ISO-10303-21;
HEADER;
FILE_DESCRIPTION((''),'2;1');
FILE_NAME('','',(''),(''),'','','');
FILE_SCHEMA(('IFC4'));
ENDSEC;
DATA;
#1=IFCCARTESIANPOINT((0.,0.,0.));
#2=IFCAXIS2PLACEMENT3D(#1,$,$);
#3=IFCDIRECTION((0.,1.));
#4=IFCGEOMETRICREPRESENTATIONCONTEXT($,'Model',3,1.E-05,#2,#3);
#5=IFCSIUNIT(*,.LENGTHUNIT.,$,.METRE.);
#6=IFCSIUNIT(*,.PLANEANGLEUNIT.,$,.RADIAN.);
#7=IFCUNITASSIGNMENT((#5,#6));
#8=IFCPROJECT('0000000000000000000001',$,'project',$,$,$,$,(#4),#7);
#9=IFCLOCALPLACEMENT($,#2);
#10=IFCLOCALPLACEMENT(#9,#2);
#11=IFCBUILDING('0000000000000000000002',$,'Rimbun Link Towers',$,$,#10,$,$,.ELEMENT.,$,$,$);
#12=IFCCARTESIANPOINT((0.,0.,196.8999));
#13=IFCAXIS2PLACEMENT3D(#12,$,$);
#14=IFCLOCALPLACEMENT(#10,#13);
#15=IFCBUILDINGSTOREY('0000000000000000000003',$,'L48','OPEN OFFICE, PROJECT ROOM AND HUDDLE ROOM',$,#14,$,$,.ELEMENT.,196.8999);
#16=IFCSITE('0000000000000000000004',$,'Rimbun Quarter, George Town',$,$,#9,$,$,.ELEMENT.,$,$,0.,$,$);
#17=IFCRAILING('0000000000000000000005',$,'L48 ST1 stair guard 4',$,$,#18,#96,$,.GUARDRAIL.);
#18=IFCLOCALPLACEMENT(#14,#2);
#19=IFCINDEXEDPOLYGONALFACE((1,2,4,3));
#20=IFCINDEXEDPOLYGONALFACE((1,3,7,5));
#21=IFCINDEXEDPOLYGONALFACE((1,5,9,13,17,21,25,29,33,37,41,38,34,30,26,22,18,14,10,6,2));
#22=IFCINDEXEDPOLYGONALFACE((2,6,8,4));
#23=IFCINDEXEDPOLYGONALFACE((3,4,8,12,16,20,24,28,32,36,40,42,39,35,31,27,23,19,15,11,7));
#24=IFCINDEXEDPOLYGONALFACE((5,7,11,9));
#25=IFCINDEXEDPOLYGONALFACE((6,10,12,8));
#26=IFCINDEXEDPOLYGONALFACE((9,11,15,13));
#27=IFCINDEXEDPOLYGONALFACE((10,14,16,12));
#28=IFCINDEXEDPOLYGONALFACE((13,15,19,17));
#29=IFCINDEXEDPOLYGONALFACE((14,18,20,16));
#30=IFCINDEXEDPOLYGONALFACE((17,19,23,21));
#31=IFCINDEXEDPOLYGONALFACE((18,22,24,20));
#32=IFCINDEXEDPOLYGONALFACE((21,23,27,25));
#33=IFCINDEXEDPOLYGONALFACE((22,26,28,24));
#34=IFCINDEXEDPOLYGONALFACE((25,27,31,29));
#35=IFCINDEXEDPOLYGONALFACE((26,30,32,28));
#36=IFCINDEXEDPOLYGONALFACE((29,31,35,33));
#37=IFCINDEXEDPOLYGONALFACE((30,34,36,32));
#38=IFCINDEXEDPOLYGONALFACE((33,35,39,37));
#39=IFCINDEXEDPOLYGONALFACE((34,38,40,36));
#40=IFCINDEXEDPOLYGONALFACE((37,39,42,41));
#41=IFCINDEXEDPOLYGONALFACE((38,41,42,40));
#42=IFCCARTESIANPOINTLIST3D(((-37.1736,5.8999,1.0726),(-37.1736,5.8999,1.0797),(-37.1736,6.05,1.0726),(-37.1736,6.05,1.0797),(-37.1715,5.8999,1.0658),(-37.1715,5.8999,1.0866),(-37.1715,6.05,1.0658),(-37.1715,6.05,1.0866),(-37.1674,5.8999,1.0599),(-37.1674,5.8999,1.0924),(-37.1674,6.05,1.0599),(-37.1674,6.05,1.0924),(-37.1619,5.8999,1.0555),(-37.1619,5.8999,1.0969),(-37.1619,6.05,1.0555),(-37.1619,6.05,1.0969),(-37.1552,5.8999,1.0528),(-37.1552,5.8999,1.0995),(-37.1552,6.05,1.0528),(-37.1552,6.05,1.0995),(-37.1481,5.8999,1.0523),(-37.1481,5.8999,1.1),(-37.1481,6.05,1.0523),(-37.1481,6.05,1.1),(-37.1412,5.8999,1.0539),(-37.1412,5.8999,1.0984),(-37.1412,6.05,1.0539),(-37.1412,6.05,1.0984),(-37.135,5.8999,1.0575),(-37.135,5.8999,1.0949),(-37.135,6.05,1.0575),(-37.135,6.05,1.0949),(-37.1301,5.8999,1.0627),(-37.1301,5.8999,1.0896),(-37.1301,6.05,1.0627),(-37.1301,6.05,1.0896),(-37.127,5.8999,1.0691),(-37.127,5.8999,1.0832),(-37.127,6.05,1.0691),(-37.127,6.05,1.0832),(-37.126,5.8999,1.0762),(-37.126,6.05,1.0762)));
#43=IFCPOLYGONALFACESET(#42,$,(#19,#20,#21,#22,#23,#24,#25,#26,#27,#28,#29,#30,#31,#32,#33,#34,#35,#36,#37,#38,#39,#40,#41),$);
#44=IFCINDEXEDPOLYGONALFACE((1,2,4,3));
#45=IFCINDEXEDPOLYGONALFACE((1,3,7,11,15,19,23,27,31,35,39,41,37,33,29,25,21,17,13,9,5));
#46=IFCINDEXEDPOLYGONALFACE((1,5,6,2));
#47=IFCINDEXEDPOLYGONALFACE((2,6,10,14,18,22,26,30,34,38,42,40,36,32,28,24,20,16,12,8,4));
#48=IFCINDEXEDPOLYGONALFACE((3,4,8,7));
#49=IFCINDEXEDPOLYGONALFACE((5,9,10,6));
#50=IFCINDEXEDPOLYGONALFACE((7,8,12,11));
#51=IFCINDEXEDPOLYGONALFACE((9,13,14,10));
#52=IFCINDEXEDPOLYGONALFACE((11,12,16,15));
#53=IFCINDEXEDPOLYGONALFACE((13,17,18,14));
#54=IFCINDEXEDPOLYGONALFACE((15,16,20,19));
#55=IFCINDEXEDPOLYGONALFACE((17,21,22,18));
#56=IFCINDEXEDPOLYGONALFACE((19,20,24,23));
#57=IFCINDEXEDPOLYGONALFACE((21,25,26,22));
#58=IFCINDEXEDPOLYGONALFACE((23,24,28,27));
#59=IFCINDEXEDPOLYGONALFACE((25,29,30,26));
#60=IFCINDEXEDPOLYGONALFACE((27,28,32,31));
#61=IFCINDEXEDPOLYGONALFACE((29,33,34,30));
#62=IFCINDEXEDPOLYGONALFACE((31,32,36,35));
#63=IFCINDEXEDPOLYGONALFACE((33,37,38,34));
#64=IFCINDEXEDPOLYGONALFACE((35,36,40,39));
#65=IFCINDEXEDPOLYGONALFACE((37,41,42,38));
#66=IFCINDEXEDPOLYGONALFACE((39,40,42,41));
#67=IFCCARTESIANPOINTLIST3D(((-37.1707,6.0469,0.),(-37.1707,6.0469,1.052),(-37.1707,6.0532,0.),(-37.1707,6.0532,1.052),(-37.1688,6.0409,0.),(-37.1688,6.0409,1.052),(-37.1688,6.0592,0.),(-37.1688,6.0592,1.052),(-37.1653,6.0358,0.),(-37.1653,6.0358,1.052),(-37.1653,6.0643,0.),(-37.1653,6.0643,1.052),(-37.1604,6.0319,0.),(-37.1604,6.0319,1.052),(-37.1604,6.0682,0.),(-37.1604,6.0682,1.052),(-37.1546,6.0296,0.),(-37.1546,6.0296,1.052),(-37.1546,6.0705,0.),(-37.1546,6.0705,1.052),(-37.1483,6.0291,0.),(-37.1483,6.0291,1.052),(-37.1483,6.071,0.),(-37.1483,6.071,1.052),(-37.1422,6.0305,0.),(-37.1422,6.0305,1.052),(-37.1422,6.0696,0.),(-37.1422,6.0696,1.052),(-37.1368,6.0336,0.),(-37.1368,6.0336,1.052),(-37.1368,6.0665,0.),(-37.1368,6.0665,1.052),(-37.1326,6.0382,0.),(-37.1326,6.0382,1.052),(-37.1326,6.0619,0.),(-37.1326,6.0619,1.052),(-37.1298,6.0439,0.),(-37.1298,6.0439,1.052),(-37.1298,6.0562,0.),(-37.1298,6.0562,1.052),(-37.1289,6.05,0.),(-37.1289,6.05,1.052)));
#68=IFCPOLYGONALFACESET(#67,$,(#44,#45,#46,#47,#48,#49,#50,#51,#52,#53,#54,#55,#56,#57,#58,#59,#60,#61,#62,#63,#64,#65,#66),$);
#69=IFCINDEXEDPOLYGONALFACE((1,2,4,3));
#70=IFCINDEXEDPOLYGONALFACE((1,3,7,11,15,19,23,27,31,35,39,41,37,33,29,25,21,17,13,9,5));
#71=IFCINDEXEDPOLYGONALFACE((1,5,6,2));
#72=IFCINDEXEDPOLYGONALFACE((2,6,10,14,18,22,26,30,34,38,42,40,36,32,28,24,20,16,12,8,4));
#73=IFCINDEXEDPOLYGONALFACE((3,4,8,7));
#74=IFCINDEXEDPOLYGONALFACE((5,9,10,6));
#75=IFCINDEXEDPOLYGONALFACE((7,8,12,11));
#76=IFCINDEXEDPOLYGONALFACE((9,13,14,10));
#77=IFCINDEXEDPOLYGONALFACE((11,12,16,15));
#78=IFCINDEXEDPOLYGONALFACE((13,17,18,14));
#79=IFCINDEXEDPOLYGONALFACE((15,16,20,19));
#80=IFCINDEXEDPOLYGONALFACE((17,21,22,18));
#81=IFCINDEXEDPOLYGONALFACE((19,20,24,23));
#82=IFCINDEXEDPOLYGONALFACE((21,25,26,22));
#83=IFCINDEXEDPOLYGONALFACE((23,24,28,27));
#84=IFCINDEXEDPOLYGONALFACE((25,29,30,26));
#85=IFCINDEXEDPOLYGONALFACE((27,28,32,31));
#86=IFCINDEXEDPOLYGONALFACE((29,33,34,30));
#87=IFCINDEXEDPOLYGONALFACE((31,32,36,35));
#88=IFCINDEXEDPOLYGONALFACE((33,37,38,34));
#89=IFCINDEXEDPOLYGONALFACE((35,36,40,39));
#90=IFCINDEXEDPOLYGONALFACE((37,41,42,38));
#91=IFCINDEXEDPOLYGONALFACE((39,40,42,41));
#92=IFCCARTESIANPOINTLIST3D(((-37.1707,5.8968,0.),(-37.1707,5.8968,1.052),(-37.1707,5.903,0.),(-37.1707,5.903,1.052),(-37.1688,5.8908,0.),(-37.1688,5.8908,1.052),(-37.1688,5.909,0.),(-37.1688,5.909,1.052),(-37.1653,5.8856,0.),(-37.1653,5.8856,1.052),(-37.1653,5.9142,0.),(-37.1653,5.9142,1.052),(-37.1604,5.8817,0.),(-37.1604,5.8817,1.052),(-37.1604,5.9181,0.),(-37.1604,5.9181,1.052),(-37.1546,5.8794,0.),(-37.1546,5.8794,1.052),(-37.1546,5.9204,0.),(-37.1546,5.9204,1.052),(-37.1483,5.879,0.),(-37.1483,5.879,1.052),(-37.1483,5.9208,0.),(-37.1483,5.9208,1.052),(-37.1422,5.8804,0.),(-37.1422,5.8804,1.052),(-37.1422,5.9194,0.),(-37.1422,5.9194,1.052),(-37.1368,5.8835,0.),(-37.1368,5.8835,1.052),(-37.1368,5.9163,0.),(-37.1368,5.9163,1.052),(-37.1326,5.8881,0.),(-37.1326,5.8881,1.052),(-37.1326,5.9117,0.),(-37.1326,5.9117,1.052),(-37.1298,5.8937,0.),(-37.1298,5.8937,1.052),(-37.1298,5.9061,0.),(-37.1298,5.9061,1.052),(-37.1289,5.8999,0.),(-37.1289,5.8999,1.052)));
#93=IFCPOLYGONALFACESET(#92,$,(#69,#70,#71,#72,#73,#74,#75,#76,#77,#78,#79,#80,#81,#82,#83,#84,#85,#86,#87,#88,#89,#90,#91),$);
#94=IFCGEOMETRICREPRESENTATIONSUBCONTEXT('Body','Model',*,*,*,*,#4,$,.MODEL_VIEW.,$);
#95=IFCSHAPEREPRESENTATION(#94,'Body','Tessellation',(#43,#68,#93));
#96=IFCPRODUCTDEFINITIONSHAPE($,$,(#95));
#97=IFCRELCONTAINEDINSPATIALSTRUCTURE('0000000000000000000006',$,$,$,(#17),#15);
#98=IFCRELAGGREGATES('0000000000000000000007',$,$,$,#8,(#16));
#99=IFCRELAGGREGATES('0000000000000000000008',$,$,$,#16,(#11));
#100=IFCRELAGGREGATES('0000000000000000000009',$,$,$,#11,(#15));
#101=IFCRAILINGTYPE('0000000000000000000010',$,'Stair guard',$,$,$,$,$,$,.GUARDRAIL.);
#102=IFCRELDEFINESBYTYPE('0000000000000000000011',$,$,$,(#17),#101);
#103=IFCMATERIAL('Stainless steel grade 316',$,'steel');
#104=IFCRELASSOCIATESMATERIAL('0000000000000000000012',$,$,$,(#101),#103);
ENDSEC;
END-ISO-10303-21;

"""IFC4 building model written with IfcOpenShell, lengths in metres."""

from ifc_helpers import new_model, si_unit, direction, frame, origin, origin_2d, place, context, subcontext, project, spatial, circle, extrude, material, type_object, element, save


model = new_model("IFC4")

# Units and contexts
model_context = context("Model", 3, precision=1e-05, world=origin(), true_north=direction((0.0, 1.0)))
body_context = subcontext(model_context, "Body", "Model", "MODEL_VIEW")
ifc_project = project(units=[si_unit("LENGTHUNIT", "METRE"), si_unit("PLANEANGLEUNIT", "RADIAN")], contexts=[model_context])

# Site, building, storey
site_placement = place(None, origin())
site = spatial("IfcSite", under=ifc_project, at=site_placement, Name="Rimbun Quarter, George Town", CompositionType="ELEMENT", RefElevation=0.0)
building_placement = place(site_placement, origin())
building = spatial("IfcBuilding", under=site, at=building_placement, Name="Rimbun Link Towers", CompositionType="ELEMENT")
storey_placement = place(building_placement, frame((0.0, 0.0, 196.8999)))
storey = spatial("IfcBuildingStorey", under=building, at=storey_placement, Name="L48", Description="OPEN OFFICE, PROJECT ROOM AND HUDDLE ROOM", CompositionType="ELEMENT", Elevation=196.8999)

# Railing
ifc_material_1 = material(Name="Stainless steel grade 316", Category="steel")
railing_type_1 = type_object("IfcRailingType", Name="Stair guard", PredefinedType="GUARDRAIL", material=ifc_material_1)
railing_1_placement = place(storey_placement, frame((-37.1499, 6.05, 0.0)))
element("IfcRailing", 1, at=railing_1_placement, inside=storey, type_object=railing_type_1, Name="L48 ST1 stair guard 4", PredefinedType="GUARDRAIL", context=body_context, shape_type="SweptSolid", body=[
    extrude(circle(Radius=0.0239, at=origin_2d()), frame((0.0, 0.0, 1.0762), z_axis=(0.0, -1.0, 0.0), x_axis=(1.0, 0.0, 0.0)), (0.0, 0.0, 1.0), 0.1501),
    extrude(circle(Radius=0.021, at=origin_2d()), origin(), (0.0, 0.0, 1.0), 1.052),
    extrude(circle(Radius=0.021, at=origin_2d()), frame((0.0, -0.1501, 0.0)), (0.0, 0.0, 1.0), 1.052),
])

save(model, "model.ifc")
